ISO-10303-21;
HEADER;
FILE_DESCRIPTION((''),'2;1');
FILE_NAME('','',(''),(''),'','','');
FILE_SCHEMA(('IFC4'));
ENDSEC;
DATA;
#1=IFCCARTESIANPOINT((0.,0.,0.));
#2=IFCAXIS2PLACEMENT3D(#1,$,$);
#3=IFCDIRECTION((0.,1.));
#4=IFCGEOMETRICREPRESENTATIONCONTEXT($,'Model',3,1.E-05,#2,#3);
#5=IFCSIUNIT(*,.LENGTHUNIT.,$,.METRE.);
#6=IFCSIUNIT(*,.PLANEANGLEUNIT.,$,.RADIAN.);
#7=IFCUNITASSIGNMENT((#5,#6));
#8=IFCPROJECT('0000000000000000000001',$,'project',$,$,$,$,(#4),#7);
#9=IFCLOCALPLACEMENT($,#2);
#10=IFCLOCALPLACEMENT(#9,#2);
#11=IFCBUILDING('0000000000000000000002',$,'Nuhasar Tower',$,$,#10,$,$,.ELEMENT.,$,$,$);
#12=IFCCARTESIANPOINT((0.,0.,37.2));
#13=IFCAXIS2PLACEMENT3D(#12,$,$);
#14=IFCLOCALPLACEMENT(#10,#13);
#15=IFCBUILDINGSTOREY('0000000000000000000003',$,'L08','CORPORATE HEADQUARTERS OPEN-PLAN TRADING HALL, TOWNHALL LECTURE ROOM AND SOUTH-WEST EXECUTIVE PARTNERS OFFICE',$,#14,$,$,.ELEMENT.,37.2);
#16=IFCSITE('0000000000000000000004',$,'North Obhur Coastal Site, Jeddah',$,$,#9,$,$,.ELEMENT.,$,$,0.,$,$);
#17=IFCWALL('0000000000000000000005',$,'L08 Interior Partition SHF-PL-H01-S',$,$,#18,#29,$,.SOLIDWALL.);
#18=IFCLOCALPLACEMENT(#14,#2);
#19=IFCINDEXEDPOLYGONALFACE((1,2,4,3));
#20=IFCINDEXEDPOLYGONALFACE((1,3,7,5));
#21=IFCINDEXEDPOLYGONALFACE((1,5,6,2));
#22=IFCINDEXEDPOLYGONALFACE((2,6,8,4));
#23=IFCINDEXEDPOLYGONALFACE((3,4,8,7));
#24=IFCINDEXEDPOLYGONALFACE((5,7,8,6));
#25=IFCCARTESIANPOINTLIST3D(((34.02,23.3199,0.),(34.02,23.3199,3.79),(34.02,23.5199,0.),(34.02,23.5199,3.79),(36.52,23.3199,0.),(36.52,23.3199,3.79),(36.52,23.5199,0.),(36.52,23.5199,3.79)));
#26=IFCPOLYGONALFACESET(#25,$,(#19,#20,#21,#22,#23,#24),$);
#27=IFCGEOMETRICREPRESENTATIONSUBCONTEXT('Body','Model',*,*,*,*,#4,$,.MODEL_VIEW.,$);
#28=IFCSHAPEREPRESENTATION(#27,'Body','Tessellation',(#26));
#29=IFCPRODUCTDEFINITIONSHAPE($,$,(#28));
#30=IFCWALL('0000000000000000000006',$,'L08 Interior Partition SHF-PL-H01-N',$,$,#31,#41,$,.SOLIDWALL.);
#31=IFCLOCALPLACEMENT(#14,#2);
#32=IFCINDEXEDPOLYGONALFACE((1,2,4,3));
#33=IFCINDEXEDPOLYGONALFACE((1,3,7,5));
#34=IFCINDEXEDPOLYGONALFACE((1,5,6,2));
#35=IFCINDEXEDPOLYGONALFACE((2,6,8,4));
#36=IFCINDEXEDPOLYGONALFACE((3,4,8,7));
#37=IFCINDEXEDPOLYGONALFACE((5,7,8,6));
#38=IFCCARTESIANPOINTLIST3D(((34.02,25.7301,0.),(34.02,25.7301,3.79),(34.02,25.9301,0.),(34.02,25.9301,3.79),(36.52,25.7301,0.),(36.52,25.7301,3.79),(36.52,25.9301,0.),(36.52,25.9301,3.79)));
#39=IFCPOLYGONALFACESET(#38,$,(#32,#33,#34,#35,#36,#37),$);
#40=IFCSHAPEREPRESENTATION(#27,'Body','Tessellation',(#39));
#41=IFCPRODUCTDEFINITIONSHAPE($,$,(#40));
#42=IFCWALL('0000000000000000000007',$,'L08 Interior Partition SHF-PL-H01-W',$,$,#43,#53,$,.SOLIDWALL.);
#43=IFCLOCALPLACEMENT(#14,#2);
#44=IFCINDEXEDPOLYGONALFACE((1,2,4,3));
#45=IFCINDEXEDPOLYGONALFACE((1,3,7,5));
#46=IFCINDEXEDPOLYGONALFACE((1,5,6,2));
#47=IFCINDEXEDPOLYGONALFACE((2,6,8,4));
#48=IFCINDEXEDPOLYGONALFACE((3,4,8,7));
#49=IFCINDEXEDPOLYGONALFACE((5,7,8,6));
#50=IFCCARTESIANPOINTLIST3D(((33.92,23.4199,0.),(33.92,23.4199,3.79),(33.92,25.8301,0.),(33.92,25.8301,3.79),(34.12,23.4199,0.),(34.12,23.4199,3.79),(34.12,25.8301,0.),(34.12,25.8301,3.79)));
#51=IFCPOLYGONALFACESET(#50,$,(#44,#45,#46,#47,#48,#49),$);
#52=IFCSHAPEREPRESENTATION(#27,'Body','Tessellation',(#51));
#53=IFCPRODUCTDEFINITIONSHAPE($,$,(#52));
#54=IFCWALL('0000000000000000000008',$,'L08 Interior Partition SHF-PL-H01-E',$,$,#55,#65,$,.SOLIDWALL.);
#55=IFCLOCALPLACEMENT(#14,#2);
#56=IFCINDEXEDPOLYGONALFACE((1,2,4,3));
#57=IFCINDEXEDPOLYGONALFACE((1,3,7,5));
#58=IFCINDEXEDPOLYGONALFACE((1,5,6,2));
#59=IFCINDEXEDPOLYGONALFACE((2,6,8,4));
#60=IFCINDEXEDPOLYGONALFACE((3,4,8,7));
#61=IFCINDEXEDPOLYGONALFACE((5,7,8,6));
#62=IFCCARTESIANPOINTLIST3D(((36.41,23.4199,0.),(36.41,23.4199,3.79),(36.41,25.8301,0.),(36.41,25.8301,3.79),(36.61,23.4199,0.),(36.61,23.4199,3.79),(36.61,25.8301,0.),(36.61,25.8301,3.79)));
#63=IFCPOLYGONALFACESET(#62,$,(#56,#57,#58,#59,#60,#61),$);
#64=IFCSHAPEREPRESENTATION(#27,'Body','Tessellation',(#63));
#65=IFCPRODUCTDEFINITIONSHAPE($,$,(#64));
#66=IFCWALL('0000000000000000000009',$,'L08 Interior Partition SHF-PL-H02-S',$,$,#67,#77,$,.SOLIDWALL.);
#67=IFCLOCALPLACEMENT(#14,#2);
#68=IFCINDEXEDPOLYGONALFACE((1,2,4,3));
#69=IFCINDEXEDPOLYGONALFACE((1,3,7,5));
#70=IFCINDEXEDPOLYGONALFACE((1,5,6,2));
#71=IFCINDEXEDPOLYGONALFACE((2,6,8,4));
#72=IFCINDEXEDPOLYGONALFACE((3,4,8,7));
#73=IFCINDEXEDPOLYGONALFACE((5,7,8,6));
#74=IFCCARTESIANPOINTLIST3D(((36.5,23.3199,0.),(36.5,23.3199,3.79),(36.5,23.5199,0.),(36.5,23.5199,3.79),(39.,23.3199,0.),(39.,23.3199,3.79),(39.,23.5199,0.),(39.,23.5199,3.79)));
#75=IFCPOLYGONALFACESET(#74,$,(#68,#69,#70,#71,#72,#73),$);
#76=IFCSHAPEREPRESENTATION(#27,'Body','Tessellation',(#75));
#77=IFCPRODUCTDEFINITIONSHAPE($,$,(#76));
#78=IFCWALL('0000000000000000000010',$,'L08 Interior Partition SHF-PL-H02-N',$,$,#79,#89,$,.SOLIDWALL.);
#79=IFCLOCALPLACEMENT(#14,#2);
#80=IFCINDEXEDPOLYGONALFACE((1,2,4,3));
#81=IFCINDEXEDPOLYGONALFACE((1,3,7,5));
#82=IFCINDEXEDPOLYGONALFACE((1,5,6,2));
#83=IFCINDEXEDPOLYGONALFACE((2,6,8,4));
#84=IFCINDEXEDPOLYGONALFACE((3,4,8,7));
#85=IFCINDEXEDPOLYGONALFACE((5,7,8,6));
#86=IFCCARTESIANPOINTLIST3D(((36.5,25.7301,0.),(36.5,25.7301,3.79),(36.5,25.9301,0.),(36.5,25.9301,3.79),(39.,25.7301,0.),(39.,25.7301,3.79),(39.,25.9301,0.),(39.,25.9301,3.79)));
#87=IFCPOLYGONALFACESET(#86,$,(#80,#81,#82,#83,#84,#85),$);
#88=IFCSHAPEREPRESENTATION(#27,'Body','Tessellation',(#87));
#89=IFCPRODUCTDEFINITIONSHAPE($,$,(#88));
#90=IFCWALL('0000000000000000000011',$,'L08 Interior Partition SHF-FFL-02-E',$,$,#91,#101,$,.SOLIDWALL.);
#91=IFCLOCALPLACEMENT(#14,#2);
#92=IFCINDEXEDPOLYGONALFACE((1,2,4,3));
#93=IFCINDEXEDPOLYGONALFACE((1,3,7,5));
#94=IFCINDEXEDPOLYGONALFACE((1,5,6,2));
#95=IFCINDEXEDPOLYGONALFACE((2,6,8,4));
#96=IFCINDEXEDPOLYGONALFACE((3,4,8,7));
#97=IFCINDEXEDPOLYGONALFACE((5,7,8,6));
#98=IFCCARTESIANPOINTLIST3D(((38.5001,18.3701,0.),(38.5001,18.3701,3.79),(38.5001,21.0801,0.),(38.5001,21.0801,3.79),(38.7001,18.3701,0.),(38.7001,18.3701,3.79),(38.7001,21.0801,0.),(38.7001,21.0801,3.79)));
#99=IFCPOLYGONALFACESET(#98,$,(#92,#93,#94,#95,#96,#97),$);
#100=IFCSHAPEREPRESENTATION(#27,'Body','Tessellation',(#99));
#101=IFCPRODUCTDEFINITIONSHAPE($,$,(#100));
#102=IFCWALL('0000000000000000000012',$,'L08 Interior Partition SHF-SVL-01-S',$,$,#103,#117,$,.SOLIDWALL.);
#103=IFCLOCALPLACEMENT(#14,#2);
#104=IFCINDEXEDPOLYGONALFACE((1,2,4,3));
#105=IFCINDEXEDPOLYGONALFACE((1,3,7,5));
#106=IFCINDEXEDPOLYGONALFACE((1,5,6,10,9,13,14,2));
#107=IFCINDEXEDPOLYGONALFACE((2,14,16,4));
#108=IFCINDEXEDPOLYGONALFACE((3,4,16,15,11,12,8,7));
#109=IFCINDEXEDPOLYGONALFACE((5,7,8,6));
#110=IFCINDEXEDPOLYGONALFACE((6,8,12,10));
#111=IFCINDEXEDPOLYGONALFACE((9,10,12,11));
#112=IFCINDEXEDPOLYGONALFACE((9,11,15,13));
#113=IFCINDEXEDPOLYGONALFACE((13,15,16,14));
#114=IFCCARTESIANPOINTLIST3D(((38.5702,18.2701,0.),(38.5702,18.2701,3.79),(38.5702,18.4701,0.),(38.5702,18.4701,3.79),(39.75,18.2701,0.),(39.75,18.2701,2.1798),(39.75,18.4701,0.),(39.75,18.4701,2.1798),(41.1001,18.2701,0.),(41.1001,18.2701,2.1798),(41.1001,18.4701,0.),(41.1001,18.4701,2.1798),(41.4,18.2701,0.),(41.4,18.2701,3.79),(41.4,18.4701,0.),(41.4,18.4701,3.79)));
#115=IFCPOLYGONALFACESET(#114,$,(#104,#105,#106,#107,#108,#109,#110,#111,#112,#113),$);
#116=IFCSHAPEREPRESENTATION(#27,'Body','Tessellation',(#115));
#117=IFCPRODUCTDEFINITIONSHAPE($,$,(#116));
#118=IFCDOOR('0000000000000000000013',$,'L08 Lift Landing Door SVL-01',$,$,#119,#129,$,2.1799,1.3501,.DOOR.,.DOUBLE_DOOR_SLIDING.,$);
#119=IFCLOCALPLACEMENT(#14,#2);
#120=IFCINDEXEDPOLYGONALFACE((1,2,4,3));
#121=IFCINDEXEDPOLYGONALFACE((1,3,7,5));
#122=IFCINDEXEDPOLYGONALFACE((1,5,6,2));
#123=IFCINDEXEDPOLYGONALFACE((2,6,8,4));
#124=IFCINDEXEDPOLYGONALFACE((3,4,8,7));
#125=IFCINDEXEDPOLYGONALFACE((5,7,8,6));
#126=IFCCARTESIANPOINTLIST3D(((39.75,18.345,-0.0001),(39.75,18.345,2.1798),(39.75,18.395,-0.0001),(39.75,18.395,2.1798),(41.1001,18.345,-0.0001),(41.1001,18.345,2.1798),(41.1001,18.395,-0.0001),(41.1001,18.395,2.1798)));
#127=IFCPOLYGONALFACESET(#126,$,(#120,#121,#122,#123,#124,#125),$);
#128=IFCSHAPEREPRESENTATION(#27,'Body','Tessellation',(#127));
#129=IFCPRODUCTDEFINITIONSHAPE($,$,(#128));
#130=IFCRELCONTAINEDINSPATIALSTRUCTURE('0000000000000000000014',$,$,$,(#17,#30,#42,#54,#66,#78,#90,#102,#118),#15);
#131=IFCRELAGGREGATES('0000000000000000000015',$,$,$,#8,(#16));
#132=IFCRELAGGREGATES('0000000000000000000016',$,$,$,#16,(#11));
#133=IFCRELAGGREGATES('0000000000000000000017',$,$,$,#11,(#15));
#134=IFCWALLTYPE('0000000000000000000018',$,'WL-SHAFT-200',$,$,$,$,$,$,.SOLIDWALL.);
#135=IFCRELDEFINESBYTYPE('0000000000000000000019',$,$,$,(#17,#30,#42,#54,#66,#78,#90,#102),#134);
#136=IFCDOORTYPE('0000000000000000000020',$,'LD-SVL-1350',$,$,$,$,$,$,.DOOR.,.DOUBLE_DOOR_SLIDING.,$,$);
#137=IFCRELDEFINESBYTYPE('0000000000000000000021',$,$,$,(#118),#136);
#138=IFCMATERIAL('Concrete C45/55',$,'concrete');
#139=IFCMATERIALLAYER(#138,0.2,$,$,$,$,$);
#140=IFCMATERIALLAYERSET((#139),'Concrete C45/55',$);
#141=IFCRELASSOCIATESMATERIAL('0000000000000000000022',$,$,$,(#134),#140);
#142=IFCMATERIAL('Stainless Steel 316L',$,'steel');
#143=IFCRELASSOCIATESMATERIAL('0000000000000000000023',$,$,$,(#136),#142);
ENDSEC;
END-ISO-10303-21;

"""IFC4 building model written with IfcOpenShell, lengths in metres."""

from ifc_helpers import new_model, si_unit, direction, frame, frame_2d, origin, place, context, subcontext, project, spatial, rectangle, extrude, material, layer, layer_set, type_object, element, fill, save


model = new_model("IFC4")

# Units and contexts
model_context = context("Model", 3, precision=1e-05, world=origin(), true_north=direction((0.0, 1.0)))
body_context = subcontext(model_context, "Body", "Model", "MODEL_VIEW")
ifc_project = project(units=[si_unit("LENGTHUNIT", "METRE"), si_unit("PLANEANGLEUNIT", "RADIAN")], contexts=[model_context])

# Site, building, storey
site_placement = place(None, origin())
site = spatial("IfcSite", under=ifc_project, at=site_placement, Name="North Obhur Coastal Site, Jeddah", CompositionType="ELEMENT", RefElevation=0.0)
building_placement = place(site_placement, origin())
building = spatial("IfcBuilding", under=site, at=building_placement, Name="Nuhasar Tower", CompositionType="ELEMENT")
storey_placement = place(building_placement, frame((0.0, 0.0, 37.2)))
storey = spatial("IfcBuildingStorey", under=building, at=storey_placement, Name="L08", Description="CORPORATE HEADQUARTERS OPEN-PLAN TRADING HALL, TOWNHALL LECTURE ROOM AND SOUTH-WEST EXECUTIVE PARTNERS OFFICE", CompositionType="ELEMENT", Elevation=37.2)

# Shared definitions
ifc_material_1 = material(Name="Concrete C45/55", Category="concrete")
ifc_layer_1 = layer(ifc_material_1, 0.2)
ifc_layer_set_1 = layer_set([ifc_layer_1], Name="Concrete C45/55")
wall_type_1 = type_object("IfcWallType", Name="WL-SHAFT-200", PredefinedType="SOLIDWALL", material=ifc_layer_set_1)
ifc_material_2 = material(Name="Stainless Steel 316L", Category="steel")

# Walls
for number, where, z_axis, x_axis, name in (
    (1, (34.02, 23.4199, 0.0), (0.0, 0.0, 1.0), (1.0, 0.0, 0.0), "L08 Interior Partition SHF-PL-H01-S"),
    (2, (34.02, 25.8301, 0.0), (0.0, 0.0, 1.0), (1.0, 0.0, 0.0), "L08 Interior Partition SHF-PL-H01-N"),
):
    element("IfcWall", number, at=place(storey_placement, frame(where, z_axis=z_axis, x_axis=x_axis)), inside=storey, type_object=wall_type_1, Name=name, PredefinedType="SOLIDWALL", context=body_context, shape_type="SweptSolid", body=[
        extrude(rectangle(XDim=2.5, YDim=0.2, at=frame_2d((1.25, 0.0))), origin(), (0.0, 0.0, 1.0), 3.79),
    ])
for number, where, z_axis, x_axis, name in (
    (3, (34.02, 23.4199, 0.0), (0.0, 0.0, 1.0), (0.0, 1.0, 0.0), "L08 Interior Partition SHF-PL-H01-W"),
    (4, (36.51, 23.4199, 0.0), (0.0, 0.0, 1.0), (0.0, 1.0, 0.0), "L08 Interior Partition SHF-PL-H01-E"),
):
    element("IfcWall", number, at=place(storey_placement, frame(where, z_axis=z_axis, x_axis=x_axis)), inside=storey, type_object=wall_type_1, Name=name, PredefinedType="SOLIDWALL", context=body_context, shape_type="SweptSolid", body=[
        extrude(rectangle(XDim=2.4102, YDim=0.2, at=frame_2d((1.2051, 0.0))), origin(), (0.0, 0.0, 1.0), 3.79),
    ])
for number, where, z_axis, x_axis, name in (
    (5, (36.5, 23.4199, 0.0), (0.0, 0.0, 1.0), (1.0, 0.0, 0.0), "L08 Interior Partition SHF-PL-H02-S"),
    (6, (36.5, 25.8301, 0.0), (0.0, 0.0, 1.0), (1.0, 0.0, 0.0), "L08 Interior Partition SHF-PL-H02-N"),
):
    element("IfcWall", number, at=place(storey_placement, frame(where, z_axis=z_axis, x_axis=x_axis)), inside=storey, type_object=wall_type_1, Name=name, PredefinedType="SOLIDWALL", context=body_context, shape_type="SweptSolid", body=[
        extrude(rectangle(XDim=2.5, YDim=0.2, at=frame_2d((1.25, 0.0))), origin(), (0.0, 0.0, 1.0), 3.79),
    ])
wall_1_placement = place(storey_placement, frame((38.6001, 18.3701, 0.0), z_axis=(0.0, 0.0, 1.0), x_axis=(0.0, 1.0, 0.0)))
element("IfcWall", 7, at=wall_1_placement, inside=storey, type_object=wall_type_1, Name="L08 Interior Partition SHF-FFL-02-E", PredefinedType="SOLIDWALL", context=body_context, shape_type="SweptSolid", body=[
    extrude(rectangle(XDim=2.71, YDim=0.2, at=frame_2d((1.355, 0.0))), origin(), (0.0, 0.0, 1.0), 3.79),
])

# Wall, opening, door
wall_2_placement = place(storey_placement, frame((38.5701, 18.3701, 0.0), z_axis=(0.0, 0.0, 1.0), x_axis=(1.0, 0.0, 0.0)))
wall_2 = element("IfcWall", 8, at=wall_2_placement, inside=storey, type_object=wall_type_1, Name="L08 Interior Partition SHF-SVL-01-S", PredefinedType="SOLIDWALL", context=body_context, shape_type="SweptSolid", body=[
    extrude(rectangle(XDim=2.8298, YDim=0.2, at=frame_2d((1.415, 0.0))), origin(), (0.0, 0.0, 1.0), 3.79),
])
opening_1_placement = place(wall_2_placement, frame((1.1799, 0.0, 0.0)))
opening_1 = element("IfcOpeningElement", 9, at=opening_1_placement, cuts=wall_2, PredefinedType="OPENING", context=body_context, shape_type="SweptSolid", body=[
    extrude(rectangle(XDim=1.3501, YDim=2.1799, at=frame_2d((0.675, 1.0898))), frame((0.0, 0.1099, 0.0), z_axis=(0.0, -1.0, 0.0), x_axis=(1.0, 0.0, 0.0)), (0.0, 0.0, 1.0), 0.22),
])
door_type_1 = type_object("IfcDoorType", Name="LD-SVL-1350", OperationType="DOUBLE_DOOR_SLIDING", PredefinedType="DOOR", material=ifc_material_2)
door_1_placement = place(opening_1_placement, origin())
door_1 = element("IfcDoor", 10, at=door_1_placement, inside=storey, type_object=door_type_1, Name="L08 Lift Landing Door SVL-01", OperationType="DOUBLE_DOOR_SLIDING", OverallHeight=2.1799, OverallWidth=1.3501, PredefinedType="DOOR", context=body_context, shape_type="SweptSolid", body=[
    extrude(rectangle(XDim=1.3501, YDim=2.1799, at=frame_2d((0.675, 1.0898))), frame((0.0, 0.0249, 0.0), z_axis=(0.0, -1.0, 0.0), x_axis=(1.0, 0.0, 0.0)), (0.0, 0.0, 1.0), 0.05),
])
fill(opening_1, door_1)

save(model, "model.ifc")
